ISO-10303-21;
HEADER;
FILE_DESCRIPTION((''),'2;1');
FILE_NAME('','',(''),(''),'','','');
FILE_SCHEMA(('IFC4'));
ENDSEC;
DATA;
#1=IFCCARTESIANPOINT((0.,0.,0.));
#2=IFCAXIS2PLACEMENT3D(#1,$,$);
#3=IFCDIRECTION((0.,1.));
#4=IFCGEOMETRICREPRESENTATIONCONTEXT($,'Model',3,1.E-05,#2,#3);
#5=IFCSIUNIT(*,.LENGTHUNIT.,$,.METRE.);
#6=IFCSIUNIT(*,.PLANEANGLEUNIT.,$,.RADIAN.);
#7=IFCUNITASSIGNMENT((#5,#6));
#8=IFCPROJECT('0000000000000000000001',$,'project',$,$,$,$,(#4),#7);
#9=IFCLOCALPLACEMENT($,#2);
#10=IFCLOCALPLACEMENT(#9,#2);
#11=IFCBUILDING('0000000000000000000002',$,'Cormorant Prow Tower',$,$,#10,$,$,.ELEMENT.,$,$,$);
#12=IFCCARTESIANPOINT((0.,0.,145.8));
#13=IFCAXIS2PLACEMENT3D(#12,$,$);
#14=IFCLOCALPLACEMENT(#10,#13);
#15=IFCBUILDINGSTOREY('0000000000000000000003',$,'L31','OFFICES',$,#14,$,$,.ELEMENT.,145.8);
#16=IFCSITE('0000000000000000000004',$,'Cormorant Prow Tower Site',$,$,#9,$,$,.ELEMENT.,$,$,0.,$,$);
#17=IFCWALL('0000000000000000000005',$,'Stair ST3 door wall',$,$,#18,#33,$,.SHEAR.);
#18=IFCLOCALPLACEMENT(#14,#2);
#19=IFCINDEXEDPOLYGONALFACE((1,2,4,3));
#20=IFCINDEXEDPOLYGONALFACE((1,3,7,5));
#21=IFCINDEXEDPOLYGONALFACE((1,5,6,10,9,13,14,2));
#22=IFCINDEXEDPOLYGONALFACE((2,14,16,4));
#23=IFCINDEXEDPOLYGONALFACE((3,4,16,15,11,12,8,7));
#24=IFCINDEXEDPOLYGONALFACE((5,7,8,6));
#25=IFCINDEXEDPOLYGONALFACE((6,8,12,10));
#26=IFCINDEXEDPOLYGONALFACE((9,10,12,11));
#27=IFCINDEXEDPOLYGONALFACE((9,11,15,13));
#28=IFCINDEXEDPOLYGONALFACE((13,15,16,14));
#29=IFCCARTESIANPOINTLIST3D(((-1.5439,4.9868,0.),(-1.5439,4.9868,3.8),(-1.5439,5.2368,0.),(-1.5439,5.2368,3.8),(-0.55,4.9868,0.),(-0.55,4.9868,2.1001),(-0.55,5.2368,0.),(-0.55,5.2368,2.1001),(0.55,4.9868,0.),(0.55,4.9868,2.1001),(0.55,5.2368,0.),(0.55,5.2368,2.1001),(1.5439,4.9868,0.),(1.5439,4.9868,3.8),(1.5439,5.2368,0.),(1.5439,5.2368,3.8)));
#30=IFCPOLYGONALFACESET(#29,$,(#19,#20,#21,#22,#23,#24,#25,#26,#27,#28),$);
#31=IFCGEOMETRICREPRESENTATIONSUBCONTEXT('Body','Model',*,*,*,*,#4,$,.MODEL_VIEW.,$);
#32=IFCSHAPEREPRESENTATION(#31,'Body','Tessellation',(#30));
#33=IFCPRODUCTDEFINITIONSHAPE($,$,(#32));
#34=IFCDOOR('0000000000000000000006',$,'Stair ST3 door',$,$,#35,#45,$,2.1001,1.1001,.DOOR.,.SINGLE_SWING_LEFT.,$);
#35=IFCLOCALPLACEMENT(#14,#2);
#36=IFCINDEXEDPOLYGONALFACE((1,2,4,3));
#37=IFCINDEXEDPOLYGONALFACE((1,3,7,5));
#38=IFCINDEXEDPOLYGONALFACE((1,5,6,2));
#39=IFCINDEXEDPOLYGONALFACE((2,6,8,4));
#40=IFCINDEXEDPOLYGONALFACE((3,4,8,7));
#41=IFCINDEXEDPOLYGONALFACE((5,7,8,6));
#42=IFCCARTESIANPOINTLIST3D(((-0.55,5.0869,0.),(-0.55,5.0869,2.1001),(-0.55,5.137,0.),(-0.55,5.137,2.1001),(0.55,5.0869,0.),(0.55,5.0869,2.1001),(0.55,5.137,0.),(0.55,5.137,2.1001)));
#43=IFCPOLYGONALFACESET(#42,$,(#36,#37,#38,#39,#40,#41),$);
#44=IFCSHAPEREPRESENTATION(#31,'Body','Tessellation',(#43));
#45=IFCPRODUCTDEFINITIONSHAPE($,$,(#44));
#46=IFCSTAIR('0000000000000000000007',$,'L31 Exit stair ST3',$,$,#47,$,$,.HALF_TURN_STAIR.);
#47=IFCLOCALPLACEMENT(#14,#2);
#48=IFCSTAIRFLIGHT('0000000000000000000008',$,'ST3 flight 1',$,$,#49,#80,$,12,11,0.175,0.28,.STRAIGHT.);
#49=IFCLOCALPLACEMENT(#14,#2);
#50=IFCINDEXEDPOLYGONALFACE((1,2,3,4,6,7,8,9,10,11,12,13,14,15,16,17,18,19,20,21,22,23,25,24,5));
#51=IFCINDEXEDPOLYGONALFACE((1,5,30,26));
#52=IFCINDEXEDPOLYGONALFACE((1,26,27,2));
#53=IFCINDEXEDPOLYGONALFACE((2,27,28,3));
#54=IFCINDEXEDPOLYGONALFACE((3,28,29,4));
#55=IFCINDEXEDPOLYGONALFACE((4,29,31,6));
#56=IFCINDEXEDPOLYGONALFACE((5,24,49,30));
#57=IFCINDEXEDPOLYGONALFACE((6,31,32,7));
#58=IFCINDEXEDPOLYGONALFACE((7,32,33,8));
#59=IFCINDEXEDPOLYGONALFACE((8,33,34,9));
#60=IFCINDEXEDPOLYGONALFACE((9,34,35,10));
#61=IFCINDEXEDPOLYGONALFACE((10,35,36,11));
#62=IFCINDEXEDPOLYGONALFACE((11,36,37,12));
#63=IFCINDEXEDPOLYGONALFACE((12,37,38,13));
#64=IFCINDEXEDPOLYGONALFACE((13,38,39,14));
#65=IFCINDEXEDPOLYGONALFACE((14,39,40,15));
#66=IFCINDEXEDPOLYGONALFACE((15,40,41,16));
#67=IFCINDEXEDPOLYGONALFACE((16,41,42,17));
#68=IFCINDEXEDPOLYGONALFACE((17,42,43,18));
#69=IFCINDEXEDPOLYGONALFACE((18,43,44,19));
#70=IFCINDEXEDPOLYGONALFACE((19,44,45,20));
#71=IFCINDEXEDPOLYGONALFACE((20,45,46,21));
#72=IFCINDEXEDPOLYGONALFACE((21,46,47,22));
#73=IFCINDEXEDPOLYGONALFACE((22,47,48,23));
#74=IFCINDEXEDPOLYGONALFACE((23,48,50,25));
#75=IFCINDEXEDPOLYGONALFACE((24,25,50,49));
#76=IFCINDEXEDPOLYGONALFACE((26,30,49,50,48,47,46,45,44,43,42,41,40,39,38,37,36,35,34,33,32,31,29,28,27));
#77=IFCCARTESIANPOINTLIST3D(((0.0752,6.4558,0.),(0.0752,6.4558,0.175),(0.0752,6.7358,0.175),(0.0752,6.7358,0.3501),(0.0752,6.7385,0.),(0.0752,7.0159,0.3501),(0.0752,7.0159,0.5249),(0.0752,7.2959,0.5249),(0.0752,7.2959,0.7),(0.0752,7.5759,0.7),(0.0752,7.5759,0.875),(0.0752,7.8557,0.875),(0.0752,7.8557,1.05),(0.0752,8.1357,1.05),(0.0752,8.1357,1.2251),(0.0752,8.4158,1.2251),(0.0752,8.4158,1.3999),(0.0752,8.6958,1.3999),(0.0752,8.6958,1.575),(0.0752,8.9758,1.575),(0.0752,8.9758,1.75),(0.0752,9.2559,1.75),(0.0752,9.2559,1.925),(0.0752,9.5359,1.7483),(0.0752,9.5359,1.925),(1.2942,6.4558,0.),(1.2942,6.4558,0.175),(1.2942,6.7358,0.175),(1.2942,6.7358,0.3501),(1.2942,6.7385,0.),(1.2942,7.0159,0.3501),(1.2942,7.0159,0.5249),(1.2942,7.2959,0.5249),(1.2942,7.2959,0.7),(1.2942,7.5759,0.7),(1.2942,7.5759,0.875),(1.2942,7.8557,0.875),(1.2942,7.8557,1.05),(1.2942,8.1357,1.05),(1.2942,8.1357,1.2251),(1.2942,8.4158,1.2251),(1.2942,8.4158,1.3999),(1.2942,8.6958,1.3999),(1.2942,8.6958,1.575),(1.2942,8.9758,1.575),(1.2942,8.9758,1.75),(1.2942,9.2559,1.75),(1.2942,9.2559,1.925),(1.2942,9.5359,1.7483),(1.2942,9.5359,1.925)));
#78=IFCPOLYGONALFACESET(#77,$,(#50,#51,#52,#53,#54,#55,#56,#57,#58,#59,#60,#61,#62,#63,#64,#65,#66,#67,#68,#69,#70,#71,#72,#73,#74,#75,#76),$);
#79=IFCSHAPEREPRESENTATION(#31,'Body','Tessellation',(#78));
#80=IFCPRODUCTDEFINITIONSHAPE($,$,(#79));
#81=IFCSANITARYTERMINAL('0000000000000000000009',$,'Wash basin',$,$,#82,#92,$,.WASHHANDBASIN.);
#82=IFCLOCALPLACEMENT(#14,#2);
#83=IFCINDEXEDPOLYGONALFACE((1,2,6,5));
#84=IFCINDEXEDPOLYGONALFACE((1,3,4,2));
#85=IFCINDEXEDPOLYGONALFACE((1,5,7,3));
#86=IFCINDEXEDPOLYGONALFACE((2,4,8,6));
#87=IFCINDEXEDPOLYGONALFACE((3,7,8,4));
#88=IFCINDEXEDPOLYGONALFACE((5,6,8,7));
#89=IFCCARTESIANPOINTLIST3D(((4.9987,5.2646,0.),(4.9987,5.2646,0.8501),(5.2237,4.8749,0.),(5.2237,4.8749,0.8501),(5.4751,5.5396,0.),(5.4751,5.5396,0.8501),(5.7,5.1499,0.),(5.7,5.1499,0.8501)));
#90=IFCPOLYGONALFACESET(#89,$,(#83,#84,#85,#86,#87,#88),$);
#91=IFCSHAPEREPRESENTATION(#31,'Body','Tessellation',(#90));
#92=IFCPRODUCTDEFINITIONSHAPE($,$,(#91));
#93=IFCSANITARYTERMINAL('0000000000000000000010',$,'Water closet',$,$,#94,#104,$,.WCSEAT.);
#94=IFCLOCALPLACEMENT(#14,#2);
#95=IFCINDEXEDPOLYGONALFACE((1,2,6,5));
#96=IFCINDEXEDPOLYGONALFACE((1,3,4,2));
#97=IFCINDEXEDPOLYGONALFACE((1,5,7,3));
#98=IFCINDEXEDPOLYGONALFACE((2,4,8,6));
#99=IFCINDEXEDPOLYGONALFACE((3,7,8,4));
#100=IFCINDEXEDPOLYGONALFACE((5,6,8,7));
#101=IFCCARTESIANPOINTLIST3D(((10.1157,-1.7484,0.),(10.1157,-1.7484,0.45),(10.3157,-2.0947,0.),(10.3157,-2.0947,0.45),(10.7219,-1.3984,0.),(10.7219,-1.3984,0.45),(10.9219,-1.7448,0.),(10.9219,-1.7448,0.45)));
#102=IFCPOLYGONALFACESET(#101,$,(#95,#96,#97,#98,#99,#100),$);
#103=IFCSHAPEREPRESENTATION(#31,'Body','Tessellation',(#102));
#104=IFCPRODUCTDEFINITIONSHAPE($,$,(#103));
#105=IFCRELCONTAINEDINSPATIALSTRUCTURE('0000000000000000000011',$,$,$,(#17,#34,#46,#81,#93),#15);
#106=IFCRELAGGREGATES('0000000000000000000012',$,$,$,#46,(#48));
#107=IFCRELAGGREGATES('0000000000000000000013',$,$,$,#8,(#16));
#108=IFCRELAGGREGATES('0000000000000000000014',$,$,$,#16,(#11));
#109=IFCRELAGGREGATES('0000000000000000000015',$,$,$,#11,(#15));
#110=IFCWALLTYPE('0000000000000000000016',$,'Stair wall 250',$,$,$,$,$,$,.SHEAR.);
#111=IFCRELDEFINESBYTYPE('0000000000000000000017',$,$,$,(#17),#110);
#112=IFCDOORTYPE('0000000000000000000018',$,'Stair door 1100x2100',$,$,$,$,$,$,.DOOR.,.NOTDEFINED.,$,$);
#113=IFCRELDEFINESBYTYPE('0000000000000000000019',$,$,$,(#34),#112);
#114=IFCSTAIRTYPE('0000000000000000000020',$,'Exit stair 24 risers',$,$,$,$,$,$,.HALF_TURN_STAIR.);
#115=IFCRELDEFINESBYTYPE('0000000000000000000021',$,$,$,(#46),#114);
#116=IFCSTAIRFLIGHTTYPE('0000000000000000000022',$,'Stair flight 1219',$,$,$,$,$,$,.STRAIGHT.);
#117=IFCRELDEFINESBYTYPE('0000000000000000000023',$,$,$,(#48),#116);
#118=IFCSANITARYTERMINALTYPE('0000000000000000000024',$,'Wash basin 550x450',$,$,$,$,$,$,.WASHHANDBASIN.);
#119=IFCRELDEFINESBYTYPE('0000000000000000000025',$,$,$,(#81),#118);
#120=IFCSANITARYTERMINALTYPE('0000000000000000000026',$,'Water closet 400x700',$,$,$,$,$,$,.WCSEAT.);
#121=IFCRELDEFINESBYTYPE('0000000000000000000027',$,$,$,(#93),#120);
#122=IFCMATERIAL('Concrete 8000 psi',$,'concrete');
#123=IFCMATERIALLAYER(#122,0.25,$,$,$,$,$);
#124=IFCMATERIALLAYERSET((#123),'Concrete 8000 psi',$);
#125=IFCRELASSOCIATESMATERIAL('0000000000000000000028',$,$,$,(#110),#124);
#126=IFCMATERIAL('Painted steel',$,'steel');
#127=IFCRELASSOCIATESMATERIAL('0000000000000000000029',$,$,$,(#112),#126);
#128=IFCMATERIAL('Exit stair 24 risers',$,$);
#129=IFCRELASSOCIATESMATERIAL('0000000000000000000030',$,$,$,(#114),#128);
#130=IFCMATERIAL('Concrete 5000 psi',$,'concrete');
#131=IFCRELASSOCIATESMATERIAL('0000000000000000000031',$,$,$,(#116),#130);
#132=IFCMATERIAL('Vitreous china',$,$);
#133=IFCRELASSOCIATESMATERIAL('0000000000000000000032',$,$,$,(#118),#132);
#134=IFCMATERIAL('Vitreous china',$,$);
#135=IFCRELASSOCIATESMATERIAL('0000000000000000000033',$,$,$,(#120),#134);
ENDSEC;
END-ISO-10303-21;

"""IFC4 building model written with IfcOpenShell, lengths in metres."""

from ifc_helpers import new_model, si_unit, direction, frame, frame_2d, origin, origin_2d, place, context, subcontext, project, spatial, polyline, rectangle, outline, extrude, material, layer, layer_set, type_object, element, fill, aggregate, save


model = new_model("IFC4")

# Units and contexts
model_context = context("Model", 3, precision=1e-05, world=origin(), true_north=direction((0.0, 1.0)))
body_context = subcontext(model_context, "Body", "Model", "MODEL_VIEW")
ifc_project = project(units=[si_unit("LENGTHUNIT", "METRE"), si_unit("PLANEANGLEUNIT", "RADIAN")], contexts=[model_context])

# Site, building, storey
site_placement = place(None, origin())
site = spatial("IfcSite", under=ifc_project, at=site_placement, Name="Cormorant Prow Tower Site", CompositionType="ELEMENT", RefElevation=0.0)
building_placement = place(site_placement, origin())
building = spatial("IfcBuilding", under=site, at=building_placement, Name="Cormorant Prow Tower", CompositionType="ELEMENT")
storey_placement = place(building_placement, frame((0.0, 0.0, 145.8)))
storey = spatial("IfcBuildingStorey", under=building, at=storey_placement, Name="L31", Description="OFFICES", CompositionType="ELEMENT", Elevation=145.8)

# Wall, opening, door
ifc_material_1 = material(Name="Concrete 8000 psi", Category="concrete")
ifc_layer_1 = layer(ifc_material_1, 0.25)
ifc_layer_set_1 = layer_set([ifc_layer_1], Name="Concrete 8000 psi")
wall_type_1 = type_object("IfcWallType", Name="Stair wall 250", PredefinedType="SHEAR", material=ifc_layer_set_1)
wall_1_placement = place(storey_placement, frame((1.5439, 5.1118, 0.0), z_axis=(0.0, 0.0, 1.0), x_axis=(-1.0, 0.0, 0.0)))
wall_1 = element("IfcWall", 1, at=wall_1_placement, inside=storey, type_object=wall_type_1, Name="Stair ST3 door wall", PredefinedType="SHEAR", context=body_context, shape_type="SweptSolid", body=[
    extrude(rectangle(XDim=3.0879, YDim=0.25, at=frame_2d((1.5439, 0.0))), origin(), (0.0, 0.0, 1.0), 3.8),
])
opening_1_placement = place(wall_1_placement, frame((0.9939, 0.0, 0.0)))
opening_1 = element("IfcOpeningElement", 2, at=opening_1_placement, cuts=wall_1, PredefinedType="OPENING", context=body_context, shape_type="SweptSolid", body=[
    extrude(rectangle(XDim=1.1001, YDim=2.1001, at=frame_2d((0.55, 1.05))), frame((0.0, 0.135, 0.0), z_axis=(0.0, -1.0, 0.0), x_axis=(1.0, 0.0, 0.0)), (0.0, 0.0, 1.0), 0.27),
])
ifc_material_2 = material(Name="Painted steel", Category="steel")
door_type_1 = type_object("IfcDoorType", Name="Stair door 1100x2100", OperationType="NOTDEFINED", PredefinedType="DOOR", material=ifc_material_2)
door_1_placement = place(opening_1_placement, origin())
door_1 = element("IfcDoor", 3, at=door_1_placement, inside=storey, type_object=door_type_1, Name="Stair ST3 door", OperationType="SINGLE_SWING_LEFT", OverallHeight=2.1001, OverallWidth=1.1001, PredefinedType="DOOR", context=body_context, shape_type="SweptSolid", body=[
    extrude(rectangle(XDim=1.1001, YDim=2.1001, at=frame_2d((0.55, 1.05))), frame((0.0, 0.0249, 0.0), z_axis=(0.0, -1.0, 0.0), x_axis=(1.0, 0.0, 0.0)), (0.0, 0.0, 1.0), 0.05),
])
fill(opening_1, door_1)

# Stair, stair flight
ifc_material_3 = material(Name="Exit stair 24 risers")
stair_type = type_object("IfcStairType", Name="Exit stair 24 risers", PredefinedType="HALF_TURN_STAIR", material=ifc_material_3)
stair_placement = place(storey_placement, origin())
stair = element("IfcStair", 4, at=stair_placement, inside=storey, type_object=stair_type, Name="L31 Exit stair ST3", PredefinedType="HALF_TURN_STAIR")
ifc_material_4 = material(Name="Concrete 5000 psi", Category="concrete")
stair_flight_type = type_object("IfcStairFlightType", Name="Stair flight 1219", PredefinedType="STRAIGHT", material=ifc_material_4)
stair_flight_placement = place(storey_placement, frame((0.6846, 6.4558, 0.0), z_axis=(0.0, 0.0, 1.0), x_axis=(0.0, 1.0, 0.0)))
stair_flight = element("IfcStairFlight", 5, at=stair_flight_placement, type_object=stair_flight_type, Name="ST3 flight 1", NumberOfRisers=12, NumberOfTreads=11, PredefinedType="STRAIGHT", RiserHeight=0.175, TreadLength=0.28, context=body_context, shape_type="SweptSolid", body=[
    extrude(outline(polyline([(0.0, 0.0), (0.0, 0.175), (0.28, 0.175), (0.28, 0.3501), (0.5601, 0.3501), (0.5601, 0.5249), (0.8401, 0.5249), (0.8401, 0.7), (1.1201, 0.7), (1.1201, 0.875), (1.3999, 0.875), (1.3999, 1.05), (1.6799, 1.05), (1.6799, 1.2251), (1.96, 1.2251), (1.96, 1.3999), (2.24, 1.3999), (2.24, 1.575), (2.52, 1.575), (2.52, 1.75), (2.8, 1.75), (2.8, 1.925), (3.0801, 1.925), (3.0801, 2.1001), (3.0801, 1.7483), (0.2827, 0.0), (0.0, 0.0)])), frame((0.0, 0.6094, 0.0), z_axis=(0.0, -1.0, 0.0), x_axis=(1.0, 0.0, 0.0)), (0.0, 0.0, 1.0), 1.219),
])
aggregate(stair, [stair_flight])

# Sanitary terminals
ifc_material_5 = material(Name="Vitreous china")
sanitary_terminal_type_1 = type_object("IfcSanitaryTerminalType", Name="Wash basin 550x450", PredefinedType="WASHHANDBASIN", material=ifc_material_5)
sanitary_terminal_1_placement = place(storey_placement, frame((5.3494, 5.2073, 0.0), z_axis=(0.0, 0.0, 1.0), x_axis=(-0.866034, -0.499985, 0.0)))
element("IfcSanitaryTerminal", 6, at=sanitary_terminal_1_placement, inside=storey, type_object=sanitary_terminal_type_1, Name="Wash basin", PredefinedType="WASHHANDBASIN", context=body_context, shape_type="SweptSolid", body=[
    extrude(rectangle(XDim=0.55, YDim=0.45, at=origin_2d()), origin(), (0.0, 0.0, 1.0), 0.8501),
])
ifc_material_6 = material(Name="Vitreous china")
sanitary_terminal_type_2 = type_object("IfcSanitaryTerminalType", Name="Water closet 400x700", PredefinedType="WCSEAT", material=ifc_material_6)
sanitary_terminal_2_placement = place(storey_placement, frame((10.5188, -1.7466, 0.0), z_axis=(0.0, 0.0, 1.0), x_axis=(-0.5, 0.866025, 0.0)))
element("IfcSanitaryTerminal", 7, at=sanitary_terminal_2_placement, inside=storey, type_object=sanitary_terminal_type_2, Name="Water closet", PredefinedType="WCSEAT", context=body_context, shape_type="SweptSolid", body=[
    extrude(rectangle(XDim=0.3999, YDim=0.7, at=origin_2d()), origin(), (0.0, 0.0, 1.0), 0.45),
])

save(model, "model.ifc")
